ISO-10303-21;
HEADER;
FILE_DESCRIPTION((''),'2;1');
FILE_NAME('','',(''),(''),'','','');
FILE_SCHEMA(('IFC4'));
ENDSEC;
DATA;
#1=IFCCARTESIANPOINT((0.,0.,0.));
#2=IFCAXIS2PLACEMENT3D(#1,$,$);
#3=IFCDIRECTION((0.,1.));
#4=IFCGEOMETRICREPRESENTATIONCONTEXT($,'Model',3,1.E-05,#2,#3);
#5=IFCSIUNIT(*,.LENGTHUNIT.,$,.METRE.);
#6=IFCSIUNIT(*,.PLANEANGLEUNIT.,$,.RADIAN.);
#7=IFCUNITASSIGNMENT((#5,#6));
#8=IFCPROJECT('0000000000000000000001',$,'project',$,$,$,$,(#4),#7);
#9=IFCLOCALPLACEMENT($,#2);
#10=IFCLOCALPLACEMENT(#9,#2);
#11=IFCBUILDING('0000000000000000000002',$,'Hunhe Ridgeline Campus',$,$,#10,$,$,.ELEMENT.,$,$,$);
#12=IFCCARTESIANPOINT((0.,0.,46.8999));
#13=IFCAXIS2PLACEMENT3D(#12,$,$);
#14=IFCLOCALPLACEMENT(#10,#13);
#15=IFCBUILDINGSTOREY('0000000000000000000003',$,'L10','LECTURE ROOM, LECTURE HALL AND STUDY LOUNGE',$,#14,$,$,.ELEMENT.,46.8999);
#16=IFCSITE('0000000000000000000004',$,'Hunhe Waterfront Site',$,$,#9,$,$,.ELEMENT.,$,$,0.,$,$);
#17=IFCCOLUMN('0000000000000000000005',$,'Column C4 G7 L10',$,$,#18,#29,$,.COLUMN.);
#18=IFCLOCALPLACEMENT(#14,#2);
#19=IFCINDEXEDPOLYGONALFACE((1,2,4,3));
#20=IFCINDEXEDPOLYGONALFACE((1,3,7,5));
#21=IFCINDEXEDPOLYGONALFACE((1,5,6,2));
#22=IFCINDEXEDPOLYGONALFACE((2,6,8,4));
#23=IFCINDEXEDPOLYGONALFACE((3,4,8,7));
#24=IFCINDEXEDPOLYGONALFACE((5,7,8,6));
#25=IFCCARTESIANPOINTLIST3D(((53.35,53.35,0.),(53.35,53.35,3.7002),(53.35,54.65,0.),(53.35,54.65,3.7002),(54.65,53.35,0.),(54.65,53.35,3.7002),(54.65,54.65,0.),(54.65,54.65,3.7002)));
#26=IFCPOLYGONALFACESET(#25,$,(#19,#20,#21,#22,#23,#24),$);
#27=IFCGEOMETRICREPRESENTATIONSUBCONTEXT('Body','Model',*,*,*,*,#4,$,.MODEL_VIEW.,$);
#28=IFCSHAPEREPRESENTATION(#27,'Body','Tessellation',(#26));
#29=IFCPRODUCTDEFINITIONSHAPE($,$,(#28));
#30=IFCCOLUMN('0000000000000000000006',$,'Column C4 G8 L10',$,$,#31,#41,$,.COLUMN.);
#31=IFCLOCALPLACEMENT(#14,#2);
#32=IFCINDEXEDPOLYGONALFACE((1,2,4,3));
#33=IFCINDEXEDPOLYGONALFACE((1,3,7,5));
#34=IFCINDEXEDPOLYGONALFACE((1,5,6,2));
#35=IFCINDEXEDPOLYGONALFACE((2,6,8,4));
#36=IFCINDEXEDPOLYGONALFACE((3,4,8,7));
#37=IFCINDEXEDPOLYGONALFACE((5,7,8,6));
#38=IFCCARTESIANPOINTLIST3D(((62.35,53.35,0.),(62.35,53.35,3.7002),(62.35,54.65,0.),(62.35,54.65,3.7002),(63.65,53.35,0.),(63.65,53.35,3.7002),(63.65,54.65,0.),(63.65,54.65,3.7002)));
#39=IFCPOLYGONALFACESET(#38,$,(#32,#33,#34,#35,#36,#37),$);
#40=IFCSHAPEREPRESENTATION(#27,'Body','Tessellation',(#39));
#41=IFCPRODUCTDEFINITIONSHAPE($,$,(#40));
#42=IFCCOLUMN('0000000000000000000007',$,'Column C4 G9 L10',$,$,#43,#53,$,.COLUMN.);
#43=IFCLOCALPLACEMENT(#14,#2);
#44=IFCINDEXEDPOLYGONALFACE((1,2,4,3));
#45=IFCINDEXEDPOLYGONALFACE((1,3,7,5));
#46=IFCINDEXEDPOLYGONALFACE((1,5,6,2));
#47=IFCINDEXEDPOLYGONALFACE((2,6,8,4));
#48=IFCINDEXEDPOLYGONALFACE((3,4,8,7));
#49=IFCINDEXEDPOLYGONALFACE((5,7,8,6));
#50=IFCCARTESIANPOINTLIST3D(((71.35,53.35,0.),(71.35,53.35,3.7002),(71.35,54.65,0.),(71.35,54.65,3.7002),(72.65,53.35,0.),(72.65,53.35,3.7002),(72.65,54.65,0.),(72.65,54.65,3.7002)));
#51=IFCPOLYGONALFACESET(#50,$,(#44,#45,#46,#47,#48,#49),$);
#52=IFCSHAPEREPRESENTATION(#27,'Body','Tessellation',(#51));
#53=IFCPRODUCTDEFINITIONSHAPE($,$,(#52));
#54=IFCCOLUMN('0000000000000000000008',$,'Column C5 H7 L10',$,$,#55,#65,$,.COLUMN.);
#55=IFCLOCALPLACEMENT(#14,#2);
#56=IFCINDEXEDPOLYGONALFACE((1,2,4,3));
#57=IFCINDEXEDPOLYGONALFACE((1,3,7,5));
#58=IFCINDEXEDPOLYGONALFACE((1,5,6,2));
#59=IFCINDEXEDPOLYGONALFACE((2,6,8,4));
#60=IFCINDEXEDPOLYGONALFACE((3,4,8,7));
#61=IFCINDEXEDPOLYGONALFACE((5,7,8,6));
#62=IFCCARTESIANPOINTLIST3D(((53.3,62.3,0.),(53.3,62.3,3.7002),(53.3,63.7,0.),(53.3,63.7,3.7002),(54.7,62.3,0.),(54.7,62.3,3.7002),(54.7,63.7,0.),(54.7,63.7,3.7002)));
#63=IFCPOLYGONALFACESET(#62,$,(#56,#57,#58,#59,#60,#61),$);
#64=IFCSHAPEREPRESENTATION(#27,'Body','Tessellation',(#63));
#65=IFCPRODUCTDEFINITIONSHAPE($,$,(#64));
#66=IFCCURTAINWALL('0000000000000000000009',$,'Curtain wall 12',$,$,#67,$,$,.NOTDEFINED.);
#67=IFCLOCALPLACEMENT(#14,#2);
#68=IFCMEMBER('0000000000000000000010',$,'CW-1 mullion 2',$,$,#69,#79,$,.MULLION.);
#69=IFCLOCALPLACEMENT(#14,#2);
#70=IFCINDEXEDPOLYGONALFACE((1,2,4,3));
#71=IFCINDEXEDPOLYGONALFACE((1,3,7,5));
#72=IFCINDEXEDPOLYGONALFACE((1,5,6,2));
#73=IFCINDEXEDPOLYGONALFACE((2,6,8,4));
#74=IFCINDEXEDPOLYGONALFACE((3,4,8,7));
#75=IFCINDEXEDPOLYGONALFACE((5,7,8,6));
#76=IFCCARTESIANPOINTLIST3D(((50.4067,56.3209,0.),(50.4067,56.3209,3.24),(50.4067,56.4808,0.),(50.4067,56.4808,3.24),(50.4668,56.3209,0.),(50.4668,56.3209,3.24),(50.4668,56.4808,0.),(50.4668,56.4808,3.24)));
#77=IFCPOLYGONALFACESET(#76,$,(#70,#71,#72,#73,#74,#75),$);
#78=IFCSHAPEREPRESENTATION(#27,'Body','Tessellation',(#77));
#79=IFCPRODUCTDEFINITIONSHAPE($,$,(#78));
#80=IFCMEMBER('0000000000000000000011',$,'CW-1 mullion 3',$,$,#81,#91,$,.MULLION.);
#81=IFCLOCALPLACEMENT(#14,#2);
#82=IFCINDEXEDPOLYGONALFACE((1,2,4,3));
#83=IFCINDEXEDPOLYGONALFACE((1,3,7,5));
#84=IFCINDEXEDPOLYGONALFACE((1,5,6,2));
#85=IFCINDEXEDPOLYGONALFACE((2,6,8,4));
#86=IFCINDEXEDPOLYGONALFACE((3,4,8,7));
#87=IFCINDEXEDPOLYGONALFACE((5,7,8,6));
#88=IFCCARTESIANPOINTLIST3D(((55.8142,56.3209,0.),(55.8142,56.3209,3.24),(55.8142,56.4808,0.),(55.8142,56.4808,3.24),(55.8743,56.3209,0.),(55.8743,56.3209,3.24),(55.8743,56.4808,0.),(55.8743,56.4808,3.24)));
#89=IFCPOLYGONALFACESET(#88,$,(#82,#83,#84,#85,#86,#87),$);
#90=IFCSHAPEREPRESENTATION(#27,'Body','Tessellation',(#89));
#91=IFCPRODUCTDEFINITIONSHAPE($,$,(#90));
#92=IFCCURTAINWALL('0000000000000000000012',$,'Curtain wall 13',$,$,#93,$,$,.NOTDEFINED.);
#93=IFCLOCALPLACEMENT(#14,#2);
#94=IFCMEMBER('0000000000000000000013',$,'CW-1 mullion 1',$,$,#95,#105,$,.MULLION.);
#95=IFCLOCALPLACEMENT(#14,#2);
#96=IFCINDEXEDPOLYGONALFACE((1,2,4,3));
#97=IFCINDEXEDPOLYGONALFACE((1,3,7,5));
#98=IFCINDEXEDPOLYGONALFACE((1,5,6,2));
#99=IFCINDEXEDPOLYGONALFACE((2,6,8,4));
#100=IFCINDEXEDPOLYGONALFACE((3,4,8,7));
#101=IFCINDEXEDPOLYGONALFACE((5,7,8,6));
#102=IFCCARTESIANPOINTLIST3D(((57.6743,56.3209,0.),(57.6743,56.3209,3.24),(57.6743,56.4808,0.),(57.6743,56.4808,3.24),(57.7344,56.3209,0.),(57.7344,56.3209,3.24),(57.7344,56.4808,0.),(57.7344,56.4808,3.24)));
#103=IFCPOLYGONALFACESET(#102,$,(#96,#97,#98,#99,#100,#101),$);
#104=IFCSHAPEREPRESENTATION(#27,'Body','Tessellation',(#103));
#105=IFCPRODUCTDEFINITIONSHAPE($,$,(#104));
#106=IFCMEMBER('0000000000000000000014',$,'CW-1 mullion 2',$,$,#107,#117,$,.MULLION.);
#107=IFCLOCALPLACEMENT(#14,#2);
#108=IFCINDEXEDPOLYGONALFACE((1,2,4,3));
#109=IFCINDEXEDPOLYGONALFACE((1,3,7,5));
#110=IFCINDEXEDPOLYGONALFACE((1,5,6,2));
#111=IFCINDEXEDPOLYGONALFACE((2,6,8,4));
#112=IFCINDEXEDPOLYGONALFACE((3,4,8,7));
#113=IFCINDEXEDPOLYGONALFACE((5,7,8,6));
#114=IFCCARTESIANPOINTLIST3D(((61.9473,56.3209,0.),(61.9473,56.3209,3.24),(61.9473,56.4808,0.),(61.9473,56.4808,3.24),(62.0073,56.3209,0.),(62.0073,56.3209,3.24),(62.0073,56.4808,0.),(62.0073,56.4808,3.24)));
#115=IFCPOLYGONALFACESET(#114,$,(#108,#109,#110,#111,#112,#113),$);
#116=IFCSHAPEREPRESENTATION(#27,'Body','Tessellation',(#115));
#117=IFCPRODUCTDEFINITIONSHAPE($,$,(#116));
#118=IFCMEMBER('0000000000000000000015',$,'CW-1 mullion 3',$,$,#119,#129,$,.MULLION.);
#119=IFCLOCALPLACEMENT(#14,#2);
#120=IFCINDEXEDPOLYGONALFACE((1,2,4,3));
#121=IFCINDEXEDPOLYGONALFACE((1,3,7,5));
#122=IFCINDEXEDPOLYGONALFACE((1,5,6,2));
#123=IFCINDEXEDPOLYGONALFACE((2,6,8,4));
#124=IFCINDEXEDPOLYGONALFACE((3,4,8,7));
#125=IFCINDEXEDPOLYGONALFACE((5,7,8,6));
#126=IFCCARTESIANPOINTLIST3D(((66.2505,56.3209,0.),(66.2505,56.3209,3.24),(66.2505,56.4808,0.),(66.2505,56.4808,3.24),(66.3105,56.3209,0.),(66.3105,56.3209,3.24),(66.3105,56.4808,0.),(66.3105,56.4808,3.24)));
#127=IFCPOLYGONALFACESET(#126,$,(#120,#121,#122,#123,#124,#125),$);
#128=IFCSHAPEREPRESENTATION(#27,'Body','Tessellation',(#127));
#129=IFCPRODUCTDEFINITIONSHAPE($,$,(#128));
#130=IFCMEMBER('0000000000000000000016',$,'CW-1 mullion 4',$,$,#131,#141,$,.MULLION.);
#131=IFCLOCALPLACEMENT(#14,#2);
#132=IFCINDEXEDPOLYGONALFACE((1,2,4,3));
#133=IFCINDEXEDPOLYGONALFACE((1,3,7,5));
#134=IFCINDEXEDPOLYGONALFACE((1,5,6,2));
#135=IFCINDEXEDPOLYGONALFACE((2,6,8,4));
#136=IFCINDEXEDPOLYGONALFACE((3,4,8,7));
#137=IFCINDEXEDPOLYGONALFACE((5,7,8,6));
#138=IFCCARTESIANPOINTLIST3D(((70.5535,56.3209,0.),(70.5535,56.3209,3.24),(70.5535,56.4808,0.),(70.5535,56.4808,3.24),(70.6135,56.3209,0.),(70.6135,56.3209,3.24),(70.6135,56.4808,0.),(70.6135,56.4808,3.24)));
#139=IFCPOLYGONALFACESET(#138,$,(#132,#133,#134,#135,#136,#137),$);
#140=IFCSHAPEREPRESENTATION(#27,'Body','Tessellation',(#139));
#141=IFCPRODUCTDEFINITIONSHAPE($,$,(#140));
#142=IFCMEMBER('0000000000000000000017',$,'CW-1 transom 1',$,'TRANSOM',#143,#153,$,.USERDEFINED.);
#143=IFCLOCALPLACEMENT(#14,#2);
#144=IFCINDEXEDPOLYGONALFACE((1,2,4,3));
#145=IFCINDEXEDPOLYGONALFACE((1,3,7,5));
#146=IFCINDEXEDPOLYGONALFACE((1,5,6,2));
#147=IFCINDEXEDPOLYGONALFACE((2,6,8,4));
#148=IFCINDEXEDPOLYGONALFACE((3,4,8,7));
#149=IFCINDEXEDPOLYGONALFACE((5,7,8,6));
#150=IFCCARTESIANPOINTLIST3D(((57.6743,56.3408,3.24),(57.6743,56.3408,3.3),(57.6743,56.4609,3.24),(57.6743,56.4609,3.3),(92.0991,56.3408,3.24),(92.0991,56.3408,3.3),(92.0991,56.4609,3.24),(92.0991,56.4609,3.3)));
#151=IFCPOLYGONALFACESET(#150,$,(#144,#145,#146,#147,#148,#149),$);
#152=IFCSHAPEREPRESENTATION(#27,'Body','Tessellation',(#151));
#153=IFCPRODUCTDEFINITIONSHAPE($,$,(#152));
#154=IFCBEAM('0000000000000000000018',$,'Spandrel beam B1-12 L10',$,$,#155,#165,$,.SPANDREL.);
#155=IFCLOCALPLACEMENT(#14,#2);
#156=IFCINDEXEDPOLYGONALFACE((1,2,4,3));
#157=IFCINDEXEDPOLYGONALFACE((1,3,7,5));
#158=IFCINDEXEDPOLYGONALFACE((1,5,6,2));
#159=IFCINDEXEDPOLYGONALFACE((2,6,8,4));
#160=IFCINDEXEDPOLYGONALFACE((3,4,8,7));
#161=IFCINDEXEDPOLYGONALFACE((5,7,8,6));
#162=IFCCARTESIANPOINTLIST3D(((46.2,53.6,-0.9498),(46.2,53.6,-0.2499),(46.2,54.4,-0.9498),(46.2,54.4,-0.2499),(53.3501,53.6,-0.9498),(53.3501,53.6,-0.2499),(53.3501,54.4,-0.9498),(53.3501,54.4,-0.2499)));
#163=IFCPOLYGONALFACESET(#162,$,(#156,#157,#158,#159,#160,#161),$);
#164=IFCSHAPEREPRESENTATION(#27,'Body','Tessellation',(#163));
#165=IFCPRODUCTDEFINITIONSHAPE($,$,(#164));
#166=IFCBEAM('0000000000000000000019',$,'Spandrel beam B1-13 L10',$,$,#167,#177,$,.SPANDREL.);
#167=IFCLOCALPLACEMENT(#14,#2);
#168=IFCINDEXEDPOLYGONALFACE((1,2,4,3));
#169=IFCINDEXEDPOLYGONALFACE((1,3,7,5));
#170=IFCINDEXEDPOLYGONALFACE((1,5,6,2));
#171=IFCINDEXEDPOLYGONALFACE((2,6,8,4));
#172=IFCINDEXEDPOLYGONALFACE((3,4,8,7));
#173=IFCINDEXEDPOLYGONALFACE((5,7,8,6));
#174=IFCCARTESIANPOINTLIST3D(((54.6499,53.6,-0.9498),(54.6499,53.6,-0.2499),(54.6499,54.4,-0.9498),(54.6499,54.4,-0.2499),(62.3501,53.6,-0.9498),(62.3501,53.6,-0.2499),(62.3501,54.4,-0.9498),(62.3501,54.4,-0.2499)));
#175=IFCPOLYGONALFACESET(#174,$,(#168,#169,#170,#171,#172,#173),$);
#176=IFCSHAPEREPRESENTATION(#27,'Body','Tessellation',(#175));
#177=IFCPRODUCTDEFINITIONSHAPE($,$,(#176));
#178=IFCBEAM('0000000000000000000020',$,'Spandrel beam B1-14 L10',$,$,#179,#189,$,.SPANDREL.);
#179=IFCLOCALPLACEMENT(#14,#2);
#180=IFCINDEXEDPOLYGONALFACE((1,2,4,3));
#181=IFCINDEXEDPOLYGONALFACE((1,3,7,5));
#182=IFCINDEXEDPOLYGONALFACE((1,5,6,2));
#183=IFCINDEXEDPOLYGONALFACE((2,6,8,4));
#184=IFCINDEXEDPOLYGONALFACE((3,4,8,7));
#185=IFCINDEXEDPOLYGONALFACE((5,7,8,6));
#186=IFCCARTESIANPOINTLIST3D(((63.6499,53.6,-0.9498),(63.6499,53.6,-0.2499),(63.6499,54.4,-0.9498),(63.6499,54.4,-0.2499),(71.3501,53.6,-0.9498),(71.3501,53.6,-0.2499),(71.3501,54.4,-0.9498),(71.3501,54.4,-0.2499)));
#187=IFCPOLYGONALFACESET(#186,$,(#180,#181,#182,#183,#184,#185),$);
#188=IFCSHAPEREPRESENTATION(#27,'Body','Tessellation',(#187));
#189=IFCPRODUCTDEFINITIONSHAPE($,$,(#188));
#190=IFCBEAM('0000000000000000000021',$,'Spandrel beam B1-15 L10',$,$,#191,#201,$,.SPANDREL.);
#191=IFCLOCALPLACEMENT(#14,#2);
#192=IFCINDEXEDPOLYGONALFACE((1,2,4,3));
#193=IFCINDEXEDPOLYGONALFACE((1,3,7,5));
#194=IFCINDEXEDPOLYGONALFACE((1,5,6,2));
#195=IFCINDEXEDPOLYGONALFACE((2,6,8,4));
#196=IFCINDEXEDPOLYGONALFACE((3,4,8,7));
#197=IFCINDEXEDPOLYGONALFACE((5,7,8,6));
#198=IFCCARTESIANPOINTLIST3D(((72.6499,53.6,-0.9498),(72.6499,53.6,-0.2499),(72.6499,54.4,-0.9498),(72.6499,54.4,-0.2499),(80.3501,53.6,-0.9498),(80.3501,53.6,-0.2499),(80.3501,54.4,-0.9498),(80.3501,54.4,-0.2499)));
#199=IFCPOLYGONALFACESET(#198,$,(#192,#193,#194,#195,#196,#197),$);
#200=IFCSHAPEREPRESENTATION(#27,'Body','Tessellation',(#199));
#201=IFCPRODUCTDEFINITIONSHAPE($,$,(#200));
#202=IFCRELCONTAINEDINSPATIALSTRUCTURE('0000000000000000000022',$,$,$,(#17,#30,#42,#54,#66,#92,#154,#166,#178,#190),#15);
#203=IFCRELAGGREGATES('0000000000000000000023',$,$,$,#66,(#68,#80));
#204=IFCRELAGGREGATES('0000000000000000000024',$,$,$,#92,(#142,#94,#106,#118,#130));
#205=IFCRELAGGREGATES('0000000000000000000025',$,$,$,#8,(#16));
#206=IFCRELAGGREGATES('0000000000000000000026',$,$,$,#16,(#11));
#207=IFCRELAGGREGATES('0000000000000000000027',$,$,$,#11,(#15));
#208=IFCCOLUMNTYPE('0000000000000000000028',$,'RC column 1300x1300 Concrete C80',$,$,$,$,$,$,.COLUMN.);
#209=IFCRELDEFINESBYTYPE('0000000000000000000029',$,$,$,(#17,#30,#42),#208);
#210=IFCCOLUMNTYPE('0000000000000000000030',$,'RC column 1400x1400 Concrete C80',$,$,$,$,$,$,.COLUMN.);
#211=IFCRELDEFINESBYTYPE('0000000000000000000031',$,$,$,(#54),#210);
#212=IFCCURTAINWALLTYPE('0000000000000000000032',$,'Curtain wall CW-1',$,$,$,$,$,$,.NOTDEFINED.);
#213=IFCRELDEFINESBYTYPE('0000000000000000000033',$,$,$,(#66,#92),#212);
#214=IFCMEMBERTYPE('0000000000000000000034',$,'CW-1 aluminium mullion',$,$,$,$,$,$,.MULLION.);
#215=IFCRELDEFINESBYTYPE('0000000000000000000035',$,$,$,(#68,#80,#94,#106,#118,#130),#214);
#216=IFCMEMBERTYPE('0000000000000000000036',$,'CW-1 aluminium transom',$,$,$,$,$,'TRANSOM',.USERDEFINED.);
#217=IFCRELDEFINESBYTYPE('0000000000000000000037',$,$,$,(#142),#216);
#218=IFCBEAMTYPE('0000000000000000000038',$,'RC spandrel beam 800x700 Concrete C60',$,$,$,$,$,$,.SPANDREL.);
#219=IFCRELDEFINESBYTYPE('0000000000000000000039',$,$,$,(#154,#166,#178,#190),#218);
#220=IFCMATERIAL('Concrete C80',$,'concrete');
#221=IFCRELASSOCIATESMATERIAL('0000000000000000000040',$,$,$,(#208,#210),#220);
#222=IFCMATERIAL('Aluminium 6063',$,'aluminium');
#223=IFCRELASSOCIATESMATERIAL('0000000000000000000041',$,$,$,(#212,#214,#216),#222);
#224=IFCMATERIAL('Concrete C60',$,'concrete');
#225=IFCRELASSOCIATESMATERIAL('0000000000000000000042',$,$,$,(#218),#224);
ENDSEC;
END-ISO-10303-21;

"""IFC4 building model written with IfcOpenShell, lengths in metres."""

from ifc_helpers import new_model, si_unit, direction, frame, origin, origin_2d, place, context, subcontext, project, spatial, rectangle, extrude, material, material_profile, profile_set, type_object, element, aggregate, save


model = new_model("IFC4")

# Units and contexts
model_context = context("Model", 3, precision=1e-05, world=origin(), true_north=direction((0.0, 1.0)))
body_context = subcontext(model_context, "Body", "Model", "MODEL_VIEW")
ifc_project = project(units=[si_unit("LENGTHUNIT", "METRE"), si_unit("PLANEANGLEUNIT", "RADIAN")], contexts=[model_context])

# Site, building, storey
site_placement = place(None, origin())
site = spatial("IfcSite", under=ifc_project, at=site_placement, Name="Hunhe Waterfront Site", CompositionType="ELEMENT", RefElevation=0.0)
building_placement = place(site_placement, origin())
building = spatial("IfcBuilding", under=site, at=building_placement, Name="Hunhe Ridgeline Campus", CompositionType="ELEMENT")
storey_placement = place(building_placement, frame((0.0, 0.0, 46.8999)))
storey = spatial("IfcBuildingStorey", under=building, at=storey_placement, Name="L10", Description="LECTURE ROOM, LECTURE HALL AND STUDY LOUNGE", CompositionType="ELEMENT", Elevation=46.8999)

# Columns
ifc_material_1 = material(Name="Concrete C80", Category="concrete")
ifc_material_profile_1 = material_profile(ifc_material_1, rectangle(XDim=1.3, YDim=1.3, at=origin_2d()))
ifc_profile_set_1 = profile_set([ifc_material_profile_1], Name="Concrete C80")
column_type_1 = type_object("IfcColumnType", Name="RC column 1300x1300 Concrete C80", PredefinedType="COLUMN", material=ifc_profile_set_1)
for number, where, z_axis, x_axis, name in (
    (1, (54.0, 54.0, 0.0), (0.0, 0.0, 1.0), (1.0, 0.0, 0.0), "Column C4 G7 L10"),
    (2, (63.0, 54.0, 0.0), (0.0, 0.0, 1.0), (1.0, 0.0, 0.0), "Column C4 G8 L10"),
    (3, (72.0, 54.0, 0.0), (0.0, 0.0, 1.0), (1.0, 0.0, 0.0), "Column C4 G9 L10"),
):
    element("IfcColumn", number, at=place(storey_placement, frame(where, z_axis=z_axis, x_axis=x_axis)), inside=storey, type_object=column_type_1, Name=name, PredefinedType="COLUMN", context=body_context, shape_type="SweptSolid", body=[
        extrude(rectangle(XDim=1.3, YDim=1.3, at=origin_2d()), origin(), (0.0, 0.0, 1.0), 3.7002),
    ])
ifc_material_profile_2 = material_profile(ifc_material_1, rectangle(XDim=1.3999, YDim=1.3999, at=origin_2d()))
ifc_profile_set_2 = profile_set([ifc_material_profile_2], Name="Concrete C80")
column_type_2 = type_object("IfcColumnType", Name="RC column 1400x1400 Concrete C80", PredefinedType="COLUMN", material=ifc_profile_set_2)
column_placement = place(storey_placement, frame((54.0, 63.0, 0.0), z_axis=(0.0, 0.0, 1.0), x_axis=(1.0, 0.0, 0.0)))
element("IfcColumn", 4, at=column_placement, inside=storey, type_object=column_type_2, Name="Column C5 H7 L10", PredefinedType="COLUMN", context=body_context, shape_type="SweptSolid", body=[
    extrude(rectangle(XDim=1.3999, YDim=1.3999, at=origin_2d()), origin(), (0.0, 0.0, 1.0), 3.7002),
])

# Curtain walls, members
ifc_material_2 = material(Name="Aluminium 6063", Category="aluminium")
curtain_wall_type = type_object("IfcCurtainWallType", Name="Curtain wall CW-1", PredefinedType="NOTDEFINED", material=ifc_material_2)
curtain_wall_1_placement = place(storey_placement, origin())
curtain_wall_1 = element("IfcCurtainWall", 5, at=curtain_wall_1_placement, inside=storey, type_object=curtain_wall_type, Name="Curtain wall 12", PredefinedType="NOTDEFINED")
ifc_material_profile_3 = material_profile(ifc_material_2, rectangle(XDim=0.1599, YDim=0.0601, at=origin_2d()))
ifc_profile_set_3 = profile_set([ifc_material_profile_3], Name="Aluminium 6063")
member_type_1 = type_object("IfcMemberType", Name="CW-1 aluminium mullion", PredefinedType="MULLION", material=ifc_profile_set_3)
member_1_placement = place(storey_placement, frame((50.4368, 56.4009, 0.0), z_axis=(0.0, 0.0, 1.0), x_axis=(-0.000004, 1.0, 0.0)))
member_1 = element("IfcMember", 6, at=member_1_placement, type_object=member_type_1, Name="CW-1 mullion 2", PredefinedType="MULLION", context=body_context, shape_type="SweptSolid", body=[
    extrude(rectangle(XDim=0.1599, YDim=0.0601, at=origin_2d()), origin(), (0.0, 0.0, 1.0), 3.24),
])
member_2_placement = place(storey_placement, frame((55.8442, 56.4009, 0.0), z_axis=(0.0, 0.0, 1.0), x_axis=(-0.000004, 1.0, 0.0)))
member_2 = element("IfcMember", 7, at=member_2_placement, type_object=member_type_1, Name="CW-1 mullion 3", PredefinedType="MULLION", context=body_context, shape_type="SweptSolid", body=[
    extrude(rectangle(XDim=0.1599, YDim=0.0601, at=origin_2d()), origin(), (0.0, 0.0, 1.0), 3.24),
])
curtain_wall_2_placement = place(storey_placement, origin())
curtain_wall_2 = element("IfcCurtainWall", 8, at=curtain_wall_2_placement, inside=storey, type_object=curtain_wall_type, Name="Curtain wall 13", PredefinedType="NOTDEFINED")
member_3_placement = place(storey_placement, frame((57.7043, 56.4009, 0.0), z_axis=(0.0, 0.0, 1.0), x_axis=(-0.000004, 1.0, 0.0)))
member_3 = element("IfcMember", 9, at=member_3_placement, type_object=member_type_1, Name="CW-1 mullion 1", PredefinedType="MULLION", context=body_context, shape_type="SweptSolid", body=[
    extrude(rectangle(XDim=0.1599, YDim=0.0601, at=origin_2d()), origin(), (0.0, 0.0, 1.0), 3.24),
])
member_4_placement = place(storey_placement, frame((61.9773, 56.4009, 0.0), z_axis=(0.0, 0.0, 1.0), x_axis=(-0.000004, 1.0, 0.0)))
member_4 = element("IfcMember", 10, at=member_4_placement, type_object=member_type_1, Name="CW-1 mullion 2", PredefinedType="MULLION", context=body_context, shape_type="SweptSolid", body=[
    extrude(rectangle(XDim=0.1599, YDim=0.0601, at=origin_2d()), origin(), (0.0, 0.0, 1.0), 3.24),
])
member_5_placement = place(storey_placement, frame((66.2805, 56.4009, 0.0), z_axis=(0.0, 0.0, 1.0), x_axis=(-0.000004, 1.0, 0.0)))
member_5 = element("IfcMember", 11, at=member_5_placement, type_object=member_type_1, Name="CW-1 mullion 3", PredefinedType="MULLION", context=body_context, shape_type="SweptSolid", body=[
    extrude(rectangle(XDim=0.1599, YDim=0.0601, at=origin_2d()), origin(), (0.0, 0.0, 1.0), 3.24),
])
member_6_placement = place(storey_placement, frame((70.5835, 56.4009, 0.0), z_axis=(0.0, 0.0, 1.0), x_axis=(-0.000004, 1.0, 0.0)))
member_6 = element("IfcMember", 12, at=member_6_placement, type_object=member_type_1, Name="CW-1 mullion 4", PredefinedType="MULLION", context=body_context, shape_type="SweptSolid", body=[
    extrude(rectangle(XDim=0.1599, YDim=0.0601, at=origin_2d()), origin(), (0.0, 0.0, 1.0), 3.24),
])
ifc_material_profile_4 = material_profile(ifc_material_2, rectangle(XDim=0.1201, YDim=0.0601, at=origin_2d()))
ifc_profile_set_4 = profile_set([ifc_material_profile_4], Name="Aluminium 6063")
member_type_2 = type_object("IfcMemberType", Name="CW-1 aluminium transom", ElementType="TRANSOM", PredefinedType="USERDEFINED", material=ifc_profile_set_4)
member_7_placement = place(storey_placement, frame((57.6743, 56.4009, 3.27), z_axis=(1.0, 0.0, 0.0), x_axis=(0.0, 1.0, 0.0)))
member_7 = element("IfcMember", 13, at=member_7_placement, type_object=member_type_2, Name="CW-1 transom 1", ObjectType="TRANSOM", PredefinedType="USERDEFINED", context=body_context, shape_type="SweptSolid", body=[
    extrude(rectangle(XDim=0.1201, YDim=0.0601, at=origin_2d()), origin(), (0.0, 0.0, 1.0), 34.4248),
])

# Beams
ifc_material_3 = material(Name="Concrete C60", Category="concrete")
ifc_material_profile_5 = material_profile(ifc_material_3, rectangle(XDim=0.8, YDim=0.7, at=origin_2d()))
ifc_profile_set_5 = profile_set([ifc_material_profile_5], Name="Concrete C60")
beam_type = type_object("IfcBeamType", Name="RC spandrel beam 800x700 Concrete C60", PredefinedType="SPANDREL", material=ifc_profile_set_5)
beam_placement = place(storey_placement, frame((46.2, 54.0, -0.5999), z_axis=(1.0, 0.0, 0.0), x_axis=(0.0, 1.0, 0.0)))
element("IfcBeam", 14, at=beam_placement, inside=storey, type_object=beam_type, Name="Spandrel beam B1-12 L10", PredefinedType="SPANDREL", context=body_context, shape_type="SweptSolid", body=[
    extrude(rectangle(XDim=0.8, YDim=0.7, at=origin_2d()), origin(), (0.0, 0.0, 1.0), 7.1501),
])
for number, where, z_axis, x_axis, name in (
    (15, (54.6499, 54.0, -0.5999), (1.0, 0.0, 0.0), (0.0, 1.0, 0.0), "Spandrel beam B1-13 L10"),
    (16, (63.6499, 54.0, -0.5999), (1.0, 0.0, 0.0), (0.0, 1.0, 0.0), "Spandrel beam B1-14 L10"),
    (17, (72.6499, 54.0, -0.5999), (1.0, 0.0, 0.0), (0.0, 1.0, 0.0), "Spandrel beam B1-15 L10"),
):
    element("IfcBeam", number, at=place(storey_placement, frame(where, z_axis=z_axis, x_axis=x_axis)), inside=storey, type_object=beam_type, Name=name, PredefinedType="SPANDREL", context=body_context, shape_type="SweptSolid", body=[
        extrude(rectangle(XDim=0.8, YDim=0.7, at=origin_2d()), origin(), (0.0, 0.0, 1.0), 7.7002),
    ])

aggregate(curtain_wall_1, [member_1, member_2])
aggregate(curtain_wall_2, [member_7, member_3, member_4, member_5, member_6])

save(model, "model.ifc")
